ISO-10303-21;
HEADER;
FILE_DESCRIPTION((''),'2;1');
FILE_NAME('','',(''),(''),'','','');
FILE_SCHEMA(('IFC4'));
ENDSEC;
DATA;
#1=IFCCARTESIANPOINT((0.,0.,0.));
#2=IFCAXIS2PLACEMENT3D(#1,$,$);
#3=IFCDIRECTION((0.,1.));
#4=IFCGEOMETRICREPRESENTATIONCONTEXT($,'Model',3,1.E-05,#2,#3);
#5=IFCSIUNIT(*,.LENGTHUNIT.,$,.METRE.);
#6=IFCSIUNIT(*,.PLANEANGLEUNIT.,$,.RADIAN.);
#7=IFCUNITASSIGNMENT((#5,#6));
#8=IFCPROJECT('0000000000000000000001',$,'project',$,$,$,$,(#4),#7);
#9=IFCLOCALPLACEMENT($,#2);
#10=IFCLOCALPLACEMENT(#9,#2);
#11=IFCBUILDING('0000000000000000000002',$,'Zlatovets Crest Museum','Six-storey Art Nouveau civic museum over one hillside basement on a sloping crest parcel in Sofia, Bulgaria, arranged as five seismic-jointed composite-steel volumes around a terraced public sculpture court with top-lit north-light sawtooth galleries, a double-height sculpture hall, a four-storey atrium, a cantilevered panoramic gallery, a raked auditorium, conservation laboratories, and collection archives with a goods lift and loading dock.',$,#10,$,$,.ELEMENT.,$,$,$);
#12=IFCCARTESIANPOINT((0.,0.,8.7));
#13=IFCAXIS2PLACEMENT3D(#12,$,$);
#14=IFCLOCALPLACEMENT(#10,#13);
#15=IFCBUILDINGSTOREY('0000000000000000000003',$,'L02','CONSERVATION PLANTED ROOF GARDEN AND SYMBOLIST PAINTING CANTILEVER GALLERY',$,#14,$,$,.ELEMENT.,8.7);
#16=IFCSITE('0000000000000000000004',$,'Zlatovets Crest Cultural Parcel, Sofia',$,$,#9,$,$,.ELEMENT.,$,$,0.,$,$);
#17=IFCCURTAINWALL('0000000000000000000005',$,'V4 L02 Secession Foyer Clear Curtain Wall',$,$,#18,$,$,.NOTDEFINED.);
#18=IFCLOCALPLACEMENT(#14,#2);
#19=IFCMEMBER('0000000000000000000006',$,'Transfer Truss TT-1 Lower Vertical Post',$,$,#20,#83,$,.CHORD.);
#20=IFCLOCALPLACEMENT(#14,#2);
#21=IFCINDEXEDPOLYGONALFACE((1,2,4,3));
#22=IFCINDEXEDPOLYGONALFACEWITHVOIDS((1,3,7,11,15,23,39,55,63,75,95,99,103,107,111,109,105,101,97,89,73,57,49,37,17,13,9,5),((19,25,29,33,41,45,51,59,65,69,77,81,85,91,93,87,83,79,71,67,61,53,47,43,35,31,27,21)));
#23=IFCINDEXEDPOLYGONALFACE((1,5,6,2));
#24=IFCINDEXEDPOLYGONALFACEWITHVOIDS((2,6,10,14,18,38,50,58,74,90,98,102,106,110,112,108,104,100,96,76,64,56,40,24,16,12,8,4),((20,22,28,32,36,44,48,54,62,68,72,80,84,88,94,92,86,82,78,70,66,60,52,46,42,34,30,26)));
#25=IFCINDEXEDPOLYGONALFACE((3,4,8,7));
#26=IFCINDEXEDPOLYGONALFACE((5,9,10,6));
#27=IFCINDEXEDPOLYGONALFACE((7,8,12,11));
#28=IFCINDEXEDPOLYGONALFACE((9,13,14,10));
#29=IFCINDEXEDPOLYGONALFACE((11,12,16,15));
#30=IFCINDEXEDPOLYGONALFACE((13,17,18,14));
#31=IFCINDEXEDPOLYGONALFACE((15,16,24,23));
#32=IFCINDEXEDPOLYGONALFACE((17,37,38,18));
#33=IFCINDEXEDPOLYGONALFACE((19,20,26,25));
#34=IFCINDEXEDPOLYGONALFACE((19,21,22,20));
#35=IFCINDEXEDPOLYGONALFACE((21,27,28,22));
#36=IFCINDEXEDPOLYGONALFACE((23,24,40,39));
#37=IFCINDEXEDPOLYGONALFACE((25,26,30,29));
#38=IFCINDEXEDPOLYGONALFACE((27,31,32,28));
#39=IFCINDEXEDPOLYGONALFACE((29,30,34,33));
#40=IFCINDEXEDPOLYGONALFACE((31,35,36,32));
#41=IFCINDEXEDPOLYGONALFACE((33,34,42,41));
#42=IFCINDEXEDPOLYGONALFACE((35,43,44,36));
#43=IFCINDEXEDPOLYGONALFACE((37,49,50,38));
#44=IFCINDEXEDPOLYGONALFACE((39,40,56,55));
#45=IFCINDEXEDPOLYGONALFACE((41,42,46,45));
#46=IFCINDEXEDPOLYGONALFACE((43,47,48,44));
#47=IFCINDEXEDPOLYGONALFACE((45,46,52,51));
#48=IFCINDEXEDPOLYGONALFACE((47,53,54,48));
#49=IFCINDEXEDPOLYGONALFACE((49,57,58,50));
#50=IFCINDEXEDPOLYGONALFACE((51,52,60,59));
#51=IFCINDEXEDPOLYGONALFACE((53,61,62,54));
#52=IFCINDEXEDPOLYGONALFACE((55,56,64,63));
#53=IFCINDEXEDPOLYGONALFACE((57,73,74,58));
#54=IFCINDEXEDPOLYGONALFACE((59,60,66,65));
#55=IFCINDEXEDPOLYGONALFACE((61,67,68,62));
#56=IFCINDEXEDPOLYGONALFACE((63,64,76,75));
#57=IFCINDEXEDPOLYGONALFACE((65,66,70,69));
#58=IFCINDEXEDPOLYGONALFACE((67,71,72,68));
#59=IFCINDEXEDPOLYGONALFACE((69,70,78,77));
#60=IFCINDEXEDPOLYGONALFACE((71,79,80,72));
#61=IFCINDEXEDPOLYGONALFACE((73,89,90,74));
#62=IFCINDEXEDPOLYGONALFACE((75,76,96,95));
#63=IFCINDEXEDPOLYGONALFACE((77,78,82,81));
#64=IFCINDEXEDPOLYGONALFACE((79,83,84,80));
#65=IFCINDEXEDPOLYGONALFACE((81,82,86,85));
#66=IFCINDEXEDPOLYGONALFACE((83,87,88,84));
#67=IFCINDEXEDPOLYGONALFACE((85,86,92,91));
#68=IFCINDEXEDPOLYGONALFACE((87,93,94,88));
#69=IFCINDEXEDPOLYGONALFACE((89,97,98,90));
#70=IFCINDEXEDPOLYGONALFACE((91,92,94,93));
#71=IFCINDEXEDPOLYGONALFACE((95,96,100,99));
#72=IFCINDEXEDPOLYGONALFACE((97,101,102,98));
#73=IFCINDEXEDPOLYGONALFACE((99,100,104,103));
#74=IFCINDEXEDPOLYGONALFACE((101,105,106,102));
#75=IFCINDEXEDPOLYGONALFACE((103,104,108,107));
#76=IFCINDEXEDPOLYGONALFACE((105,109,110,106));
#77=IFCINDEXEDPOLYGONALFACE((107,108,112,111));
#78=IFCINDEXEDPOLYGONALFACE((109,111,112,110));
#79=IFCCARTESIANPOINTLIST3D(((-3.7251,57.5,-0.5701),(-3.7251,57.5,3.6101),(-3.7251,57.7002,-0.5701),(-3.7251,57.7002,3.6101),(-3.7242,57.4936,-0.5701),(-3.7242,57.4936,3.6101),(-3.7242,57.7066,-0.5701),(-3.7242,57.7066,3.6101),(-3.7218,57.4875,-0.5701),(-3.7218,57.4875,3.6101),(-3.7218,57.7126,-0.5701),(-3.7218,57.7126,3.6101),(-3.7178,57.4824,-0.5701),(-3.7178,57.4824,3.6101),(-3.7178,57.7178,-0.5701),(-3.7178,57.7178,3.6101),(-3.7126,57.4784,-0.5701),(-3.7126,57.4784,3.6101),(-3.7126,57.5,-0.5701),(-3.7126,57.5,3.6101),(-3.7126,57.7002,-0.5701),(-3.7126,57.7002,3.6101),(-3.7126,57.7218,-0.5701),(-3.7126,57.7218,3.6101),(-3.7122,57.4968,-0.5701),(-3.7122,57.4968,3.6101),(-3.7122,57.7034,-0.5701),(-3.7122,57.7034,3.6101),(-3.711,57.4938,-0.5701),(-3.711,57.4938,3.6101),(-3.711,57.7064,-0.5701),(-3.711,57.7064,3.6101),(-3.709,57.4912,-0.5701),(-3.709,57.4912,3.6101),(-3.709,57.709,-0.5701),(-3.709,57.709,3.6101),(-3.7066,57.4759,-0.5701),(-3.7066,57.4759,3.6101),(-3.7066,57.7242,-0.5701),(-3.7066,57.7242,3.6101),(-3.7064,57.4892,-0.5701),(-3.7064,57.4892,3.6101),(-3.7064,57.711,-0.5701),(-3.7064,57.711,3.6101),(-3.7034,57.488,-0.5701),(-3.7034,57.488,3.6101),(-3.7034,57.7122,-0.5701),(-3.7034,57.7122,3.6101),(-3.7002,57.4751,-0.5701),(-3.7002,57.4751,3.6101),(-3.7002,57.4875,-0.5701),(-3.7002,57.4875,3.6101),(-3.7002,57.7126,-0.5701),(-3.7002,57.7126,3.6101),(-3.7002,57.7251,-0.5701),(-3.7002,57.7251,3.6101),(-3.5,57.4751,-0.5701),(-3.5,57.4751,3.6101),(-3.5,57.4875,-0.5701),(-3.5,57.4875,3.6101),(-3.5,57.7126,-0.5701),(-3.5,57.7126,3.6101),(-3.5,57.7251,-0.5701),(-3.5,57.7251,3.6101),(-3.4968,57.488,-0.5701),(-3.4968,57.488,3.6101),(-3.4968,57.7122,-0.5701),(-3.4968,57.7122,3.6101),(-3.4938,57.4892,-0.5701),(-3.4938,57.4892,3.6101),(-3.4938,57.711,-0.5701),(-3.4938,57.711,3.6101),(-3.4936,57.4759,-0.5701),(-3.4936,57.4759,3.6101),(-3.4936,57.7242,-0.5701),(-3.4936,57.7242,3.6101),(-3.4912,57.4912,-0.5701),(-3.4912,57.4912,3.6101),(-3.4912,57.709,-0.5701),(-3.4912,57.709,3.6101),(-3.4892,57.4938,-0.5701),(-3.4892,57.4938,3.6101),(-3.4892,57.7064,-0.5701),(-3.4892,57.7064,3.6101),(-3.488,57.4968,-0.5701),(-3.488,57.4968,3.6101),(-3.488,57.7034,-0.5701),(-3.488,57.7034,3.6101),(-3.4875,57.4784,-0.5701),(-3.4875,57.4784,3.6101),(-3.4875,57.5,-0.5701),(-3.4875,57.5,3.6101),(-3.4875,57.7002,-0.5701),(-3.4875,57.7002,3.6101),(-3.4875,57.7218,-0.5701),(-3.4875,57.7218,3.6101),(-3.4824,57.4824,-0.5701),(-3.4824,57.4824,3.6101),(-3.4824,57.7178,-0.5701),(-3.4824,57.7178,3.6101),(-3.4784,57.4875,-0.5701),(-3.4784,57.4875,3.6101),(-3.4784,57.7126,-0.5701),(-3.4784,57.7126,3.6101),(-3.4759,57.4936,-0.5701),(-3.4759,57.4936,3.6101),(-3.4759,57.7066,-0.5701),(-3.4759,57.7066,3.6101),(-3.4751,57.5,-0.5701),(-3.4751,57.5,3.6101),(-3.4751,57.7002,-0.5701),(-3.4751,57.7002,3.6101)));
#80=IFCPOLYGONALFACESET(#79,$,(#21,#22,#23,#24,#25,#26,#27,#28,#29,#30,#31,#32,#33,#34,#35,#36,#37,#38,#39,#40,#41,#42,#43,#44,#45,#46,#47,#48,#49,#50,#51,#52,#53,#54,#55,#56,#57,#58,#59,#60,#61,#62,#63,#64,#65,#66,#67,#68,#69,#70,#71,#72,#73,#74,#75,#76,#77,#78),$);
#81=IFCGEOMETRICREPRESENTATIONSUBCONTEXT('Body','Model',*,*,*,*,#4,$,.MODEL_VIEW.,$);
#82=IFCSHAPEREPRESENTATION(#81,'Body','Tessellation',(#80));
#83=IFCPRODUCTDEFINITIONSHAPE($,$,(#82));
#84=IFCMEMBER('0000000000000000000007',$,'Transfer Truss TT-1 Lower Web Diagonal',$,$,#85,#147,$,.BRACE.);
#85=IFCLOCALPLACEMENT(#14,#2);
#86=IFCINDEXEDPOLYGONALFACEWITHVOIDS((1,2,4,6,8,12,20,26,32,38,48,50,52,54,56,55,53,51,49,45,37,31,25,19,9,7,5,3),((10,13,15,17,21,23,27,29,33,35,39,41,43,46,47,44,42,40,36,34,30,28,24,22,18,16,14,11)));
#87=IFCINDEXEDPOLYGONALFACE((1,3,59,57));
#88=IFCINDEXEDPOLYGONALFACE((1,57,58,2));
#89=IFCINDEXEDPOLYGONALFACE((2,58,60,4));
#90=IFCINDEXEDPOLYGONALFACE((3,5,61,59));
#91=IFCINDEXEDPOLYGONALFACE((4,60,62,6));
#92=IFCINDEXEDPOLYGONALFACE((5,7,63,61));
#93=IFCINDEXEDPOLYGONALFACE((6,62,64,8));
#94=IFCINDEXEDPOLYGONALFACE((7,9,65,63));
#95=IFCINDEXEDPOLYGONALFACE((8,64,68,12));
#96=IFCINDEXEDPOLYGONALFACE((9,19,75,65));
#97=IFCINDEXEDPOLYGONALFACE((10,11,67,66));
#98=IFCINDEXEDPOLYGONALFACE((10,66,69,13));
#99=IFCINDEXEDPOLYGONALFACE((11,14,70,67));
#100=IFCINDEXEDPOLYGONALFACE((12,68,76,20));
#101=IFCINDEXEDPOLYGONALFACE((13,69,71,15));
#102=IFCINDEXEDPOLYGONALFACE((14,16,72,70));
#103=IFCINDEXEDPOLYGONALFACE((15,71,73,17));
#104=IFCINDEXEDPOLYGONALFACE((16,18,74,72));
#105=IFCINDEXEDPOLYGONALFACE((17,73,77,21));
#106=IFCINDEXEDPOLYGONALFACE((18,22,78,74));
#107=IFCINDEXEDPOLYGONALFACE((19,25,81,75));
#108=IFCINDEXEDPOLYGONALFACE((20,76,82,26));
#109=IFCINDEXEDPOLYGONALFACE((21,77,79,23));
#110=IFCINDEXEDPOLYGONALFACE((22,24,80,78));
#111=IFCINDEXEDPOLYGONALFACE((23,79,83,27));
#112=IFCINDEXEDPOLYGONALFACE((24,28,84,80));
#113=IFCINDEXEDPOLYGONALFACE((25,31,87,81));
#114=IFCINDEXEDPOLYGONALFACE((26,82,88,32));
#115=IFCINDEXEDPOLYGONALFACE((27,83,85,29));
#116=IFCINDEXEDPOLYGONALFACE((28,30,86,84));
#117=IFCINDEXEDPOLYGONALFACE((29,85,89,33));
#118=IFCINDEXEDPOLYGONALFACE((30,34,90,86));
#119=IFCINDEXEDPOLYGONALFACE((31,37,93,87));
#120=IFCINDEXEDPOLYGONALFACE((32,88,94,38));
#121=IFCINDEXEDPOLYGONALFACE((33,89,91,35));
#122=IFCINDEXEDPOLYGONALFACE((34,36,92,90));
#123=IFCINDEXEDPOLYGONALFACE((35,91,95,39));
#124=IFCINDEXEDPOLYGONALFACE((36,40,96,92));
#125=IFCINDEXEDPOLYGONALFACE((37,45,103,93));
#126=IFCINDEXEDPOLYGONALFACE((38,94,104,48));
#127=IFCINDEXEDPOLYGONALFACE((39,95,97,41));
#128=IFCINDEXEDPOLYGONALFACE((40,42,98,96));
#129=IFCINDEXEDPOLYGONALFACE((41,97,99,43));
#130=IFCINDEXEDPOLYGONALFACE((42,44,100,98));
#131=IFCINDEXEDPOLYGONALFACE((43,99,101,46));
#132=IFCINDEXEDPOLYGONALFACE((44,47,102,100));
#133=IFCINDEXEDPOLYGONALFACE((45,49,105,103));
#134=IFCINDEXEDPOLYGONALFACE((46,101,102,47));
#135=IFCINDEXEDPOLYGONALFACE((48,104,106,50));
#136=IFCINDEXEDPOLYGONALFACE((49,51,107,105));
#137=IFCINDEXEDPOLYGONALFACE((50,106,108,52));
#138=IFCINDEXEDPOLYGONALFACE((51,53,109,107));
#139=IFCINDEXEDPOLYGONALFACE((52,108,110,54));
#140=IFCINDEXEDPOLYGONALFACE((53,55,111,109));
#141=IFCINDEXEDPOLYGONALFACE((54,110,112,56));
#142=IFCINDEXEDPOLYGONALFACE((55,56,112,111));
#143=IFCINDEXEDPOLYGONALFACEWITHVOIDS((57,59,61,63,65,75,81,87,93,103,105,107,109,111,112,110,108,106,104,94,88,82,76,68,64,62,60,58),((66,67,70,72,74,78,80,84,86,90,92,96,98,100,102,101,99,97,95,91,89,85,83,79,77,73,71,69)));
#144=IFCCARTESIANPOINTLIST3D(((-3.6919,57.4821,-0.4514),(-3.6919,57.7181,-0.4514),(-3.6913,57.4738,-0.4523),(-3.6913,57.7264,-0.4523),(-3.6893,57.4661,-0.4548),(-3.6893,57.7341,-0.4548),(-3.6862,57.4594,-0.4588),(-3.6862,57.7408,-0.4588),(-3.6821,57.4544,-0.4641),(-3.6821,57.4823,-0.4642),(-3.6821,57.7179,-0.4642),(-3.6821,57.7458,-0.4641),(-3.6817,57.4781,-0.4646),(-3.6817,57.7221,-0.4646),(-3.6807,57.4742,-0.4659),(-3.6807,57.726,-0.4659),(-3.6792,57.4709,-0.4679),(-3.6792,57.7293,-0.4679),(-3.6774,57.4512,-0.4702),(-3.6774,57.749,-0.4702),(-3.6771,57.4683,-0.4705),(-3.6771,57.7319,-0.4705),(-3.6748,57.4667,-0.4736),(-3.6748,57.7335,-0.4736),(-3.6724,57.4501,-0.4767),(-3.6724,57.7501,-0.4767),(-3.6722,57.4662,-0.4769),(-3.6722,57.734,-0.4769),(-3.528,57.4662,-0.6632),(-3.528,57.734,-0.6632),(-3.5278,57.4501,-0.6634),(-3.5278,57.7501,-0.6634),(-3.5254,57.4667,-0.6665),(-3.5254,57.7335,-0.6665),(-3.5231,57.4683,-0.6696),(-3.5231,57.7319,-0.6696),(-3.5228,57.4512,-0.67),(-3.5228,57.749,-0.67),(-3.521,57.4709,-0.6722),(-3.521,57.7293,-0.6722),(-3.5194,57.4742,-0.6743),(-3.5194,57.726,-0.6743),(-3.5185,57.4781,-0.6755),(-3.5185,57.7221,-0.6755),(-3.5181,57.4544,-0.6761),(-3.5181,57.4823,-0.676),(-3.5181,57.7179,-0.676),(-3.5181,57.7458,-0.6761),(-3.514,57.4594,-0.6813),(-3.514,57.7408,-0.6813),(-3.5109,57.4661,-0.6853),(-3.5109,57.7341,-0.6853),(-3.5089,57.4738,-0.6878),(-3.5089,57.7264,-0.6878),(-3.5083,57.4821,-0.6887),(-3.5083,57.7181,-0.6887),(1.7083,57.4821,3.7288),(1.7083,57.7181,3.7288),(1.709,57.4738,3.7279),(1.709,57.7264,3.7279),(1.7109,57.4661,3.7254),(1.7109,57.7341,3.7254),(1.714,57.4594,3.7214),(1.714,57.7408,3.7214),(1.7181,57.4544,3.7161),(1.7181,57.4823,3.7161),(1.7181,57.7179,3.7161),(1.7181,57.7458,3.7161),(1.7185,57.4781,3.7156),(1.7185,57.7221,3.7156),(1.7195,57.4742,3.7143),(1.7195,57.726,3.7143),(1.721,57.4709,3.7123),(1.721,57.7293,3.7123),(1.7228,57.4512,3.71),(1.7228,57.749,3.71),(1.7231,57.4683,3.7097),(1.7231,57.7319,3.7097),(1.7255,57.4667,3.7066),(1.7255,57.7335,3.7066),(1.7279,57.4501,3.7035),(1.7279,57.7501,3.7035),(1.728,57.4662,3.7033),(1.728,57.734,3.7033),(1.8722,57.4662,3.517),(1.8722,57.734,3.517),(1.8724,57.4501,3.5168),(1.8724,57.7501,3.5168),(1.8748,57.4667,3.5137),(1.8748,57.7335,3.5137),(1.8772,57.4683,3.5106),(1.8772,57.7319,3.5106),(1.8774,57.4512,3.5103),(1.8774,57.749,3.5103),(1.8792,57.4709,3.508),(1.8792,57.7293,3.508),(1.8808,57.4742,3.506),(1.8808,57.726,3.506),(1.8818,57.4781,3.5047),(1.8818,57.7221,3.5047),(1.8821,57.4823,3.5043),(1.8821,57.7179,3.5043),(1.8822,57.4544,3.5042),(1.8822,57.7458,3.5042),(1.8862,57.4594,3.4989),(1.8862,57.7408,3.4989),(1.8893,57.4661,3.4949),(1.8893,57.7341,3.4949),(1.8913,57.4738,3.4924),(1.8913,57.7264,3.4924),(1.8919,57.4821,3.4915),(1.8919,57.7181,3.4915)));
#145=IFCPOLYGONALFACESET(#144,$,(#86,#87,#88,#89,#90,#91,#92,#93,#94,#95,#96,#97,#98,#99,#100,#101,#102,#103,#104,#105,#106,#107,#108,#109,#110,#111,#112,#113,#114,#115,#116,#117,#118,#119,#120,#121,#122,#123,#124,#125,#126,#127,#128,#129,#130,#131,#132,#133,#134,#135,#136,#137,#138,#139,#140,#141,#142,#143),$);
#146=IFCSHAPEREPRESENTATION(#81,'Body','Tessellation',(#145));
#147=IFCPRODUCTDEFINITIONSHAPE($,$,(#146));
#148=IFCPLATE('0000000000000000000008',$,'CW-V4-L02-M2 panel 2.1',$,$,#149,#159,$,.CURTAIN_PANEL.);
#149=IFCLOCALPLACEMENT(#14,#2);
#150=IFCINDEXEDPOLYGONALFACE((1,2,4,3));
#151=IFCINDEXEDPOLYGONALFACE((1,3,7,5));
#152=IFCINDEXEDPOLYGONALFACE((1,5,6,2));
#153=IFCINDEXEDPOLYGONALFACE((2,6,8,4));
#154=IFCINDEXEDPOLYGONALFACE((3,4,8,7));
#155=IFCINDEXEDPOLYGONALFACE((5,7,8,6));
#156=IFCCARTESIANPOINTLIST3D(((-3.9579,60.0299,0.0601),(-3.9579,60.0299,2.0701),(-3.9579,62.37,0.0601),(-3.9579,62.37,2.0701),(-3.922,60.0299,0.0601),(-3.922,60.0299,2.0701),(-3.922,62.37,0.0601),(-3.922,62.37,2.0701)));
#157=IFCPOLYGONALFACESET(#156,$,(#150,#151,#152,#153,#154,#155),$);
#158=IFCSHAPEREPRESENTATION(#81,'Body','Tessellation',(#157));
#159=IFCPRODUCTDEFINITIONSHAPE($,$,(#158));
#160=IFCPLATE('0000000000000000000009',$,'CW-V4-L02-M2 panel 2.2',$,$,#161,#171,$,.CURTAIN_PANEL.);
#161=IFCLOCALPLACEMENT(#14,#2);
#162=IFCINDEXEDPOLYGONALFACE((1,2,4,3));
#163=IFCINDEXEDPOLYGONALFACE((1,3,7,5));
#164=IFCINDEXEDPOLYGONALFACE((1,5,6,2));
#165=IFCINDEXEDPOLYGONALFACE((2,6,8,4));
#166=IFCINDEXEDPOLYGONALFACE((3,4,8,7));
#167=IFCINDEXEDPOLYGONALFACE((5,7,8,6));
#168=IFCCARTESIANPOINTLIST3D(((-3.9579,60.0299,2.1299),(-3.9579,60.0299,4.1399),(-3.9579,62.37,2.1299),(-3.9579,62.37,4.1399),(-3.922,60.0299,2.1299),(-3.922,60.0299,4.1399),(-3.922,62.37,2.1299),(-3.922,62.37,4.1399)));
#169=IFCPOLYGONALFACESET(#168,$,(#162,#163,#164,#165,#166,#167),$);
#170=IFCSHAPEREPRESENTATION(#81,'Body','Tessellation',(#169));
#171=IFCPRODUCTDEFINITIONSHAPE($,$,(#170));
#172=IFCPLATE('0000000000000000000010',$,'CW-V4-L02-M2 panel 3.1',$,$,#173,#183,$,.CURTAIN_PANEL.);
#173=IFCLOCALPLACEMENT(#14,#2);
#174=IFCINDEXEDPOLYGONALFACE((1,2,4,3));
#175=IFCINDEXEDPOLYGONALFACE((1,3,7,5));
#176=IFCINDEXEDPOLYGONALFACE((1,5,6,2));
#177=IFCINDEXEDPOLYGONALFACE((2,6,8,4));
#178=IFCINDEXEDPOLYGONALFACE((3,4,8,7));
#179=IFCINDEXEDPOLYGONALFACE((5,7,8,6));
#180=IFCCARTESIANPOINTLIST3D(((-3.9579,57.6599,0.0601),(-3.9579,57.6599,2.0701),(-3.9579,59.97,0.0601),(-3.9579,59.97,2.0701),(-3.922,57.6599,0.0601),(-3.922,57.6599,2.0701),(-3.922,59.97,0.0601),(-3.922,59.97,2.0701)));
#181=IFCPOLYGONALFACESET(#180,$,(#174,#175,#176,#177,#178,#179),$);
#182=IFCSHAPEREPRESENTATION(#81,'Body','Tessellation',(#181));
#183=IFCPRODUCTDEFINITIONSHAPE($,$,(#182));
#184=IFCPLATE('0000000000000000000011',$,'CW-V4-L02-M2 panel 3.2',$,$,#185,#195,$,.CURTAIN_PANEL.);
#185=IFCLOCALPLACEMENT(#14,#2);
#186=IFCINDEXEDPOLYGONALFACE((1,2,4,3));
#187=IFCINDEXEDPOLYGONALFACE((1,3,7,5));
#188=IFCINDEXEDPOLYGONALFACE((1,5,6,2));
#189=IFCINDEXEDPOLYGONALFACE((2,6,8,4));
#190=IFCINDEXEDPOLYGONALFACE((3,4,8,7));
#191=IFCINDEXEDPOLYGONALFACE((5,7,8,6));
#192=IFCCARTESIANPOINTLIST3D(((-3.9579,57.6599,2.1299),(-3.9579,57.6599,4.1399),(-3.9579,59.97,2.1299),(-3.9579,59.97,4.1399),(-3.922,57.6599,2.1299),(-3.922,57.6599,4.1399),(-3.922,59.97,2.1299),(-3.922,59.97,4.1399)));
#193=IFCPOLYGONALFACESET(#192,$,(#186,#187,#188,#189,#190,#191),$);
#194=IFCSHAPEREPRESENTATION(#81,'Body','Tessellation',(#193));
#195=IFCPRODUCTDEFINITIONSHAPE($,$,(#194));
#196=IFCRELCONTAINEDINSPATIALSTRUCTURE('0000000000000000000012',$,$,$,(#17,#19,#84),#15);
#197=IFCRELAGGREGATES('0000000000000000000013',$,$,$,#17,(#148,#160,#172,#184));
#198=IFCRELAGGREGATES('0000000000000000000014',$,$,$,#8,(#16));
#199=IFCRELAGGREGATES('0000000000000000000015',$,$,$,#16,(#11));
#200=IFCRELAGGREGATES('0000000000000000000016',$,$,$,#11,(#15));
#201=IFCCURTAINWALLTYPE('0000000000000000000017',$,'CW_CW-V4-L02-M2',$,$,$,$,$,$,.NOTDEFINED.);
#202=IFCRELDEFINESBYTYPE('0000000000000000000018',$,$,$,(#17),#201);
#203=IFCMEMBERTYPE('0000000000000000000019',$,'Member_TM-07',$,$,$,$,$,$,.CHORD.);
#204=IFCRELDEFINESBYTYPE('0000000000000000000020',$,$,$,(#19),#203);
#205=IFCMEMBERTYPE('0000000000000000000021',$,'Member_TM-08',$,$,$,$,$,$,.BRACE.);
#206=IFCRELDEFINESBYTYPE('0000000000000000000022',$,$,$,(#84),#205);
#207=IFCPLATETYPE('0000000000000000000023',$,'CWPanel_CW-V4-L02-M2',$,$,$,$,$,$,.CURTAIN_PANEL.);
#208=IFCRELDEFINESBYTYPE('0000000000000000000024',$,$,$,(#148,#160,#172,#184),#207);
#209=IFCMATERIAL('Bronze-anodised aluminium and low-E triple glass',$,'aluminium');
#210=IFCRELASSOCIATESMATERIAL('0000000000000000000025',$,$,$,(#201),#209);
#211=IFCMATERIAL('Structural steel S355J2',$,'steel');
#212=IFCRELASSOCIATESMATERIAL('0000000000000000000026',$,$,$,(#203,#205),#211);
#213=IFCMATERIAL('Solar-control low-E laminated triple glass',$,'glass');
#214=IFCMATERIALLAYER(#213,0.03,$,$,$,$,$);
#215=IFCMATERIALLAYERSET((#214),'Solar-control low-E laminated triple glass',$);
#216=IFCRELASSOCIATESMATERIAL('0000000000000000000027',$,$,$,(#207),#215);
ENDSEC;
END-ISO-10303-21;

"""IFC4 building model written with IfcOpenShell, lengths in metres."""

from ifc_helpers import new_model, si_unit, direction, frame, origin, origin_2d, place, context, subcontext, project, spatial, rectangle, hollow_rectangle, extrude, material, layer, layer_set, material_profile, profile_set, type_object, element, aggregate, save


model = new_model("IFC4")

# Units and contexts
model_context = context("Model", 3, precision=1e-05, world=origin(), true_north=direction((0.0, 1.0)))
body_context = subcontext(model_context, "Body", "Model", "MODEL_VIEW")
ifc_project = project(units=[si_unit("LENGTHUNIT", "METRE"), si_unit("PLANEANGLEUNIT", "RADIAN")], contexts=[model_context])

# Site, building, storey
site_placement = place(None, origin())
site = spatial("IfcSite", under=ifc_project, at=site_placement, Name="Zlatovets Crest Cultural Parcel, Sofia", CompositionType="ELEMENT", RefElevation=0.0)
building_placement = place(site_placement, origin())
building = spatial("IfcBuilding", under=site, at=building_placement, Name="Zlatovets Crest Museum", Description="Six-storey Art Nouveau civic museum over one hillside basement on a sloping crest parcel in Sofia, Bulgaria, arranged as five seismic-jointed composite-steel volumes around a terraced public sculpture court with top-lit north-light sawtooth galleries, a double-height sculpture hall, a four-storey atrium, a cantilevered panoramic gallery, a raked auditorium, conservation laboratories, and collection archives with a goods lift and loading dock.", CompositionType="ELEMENT")
storey_placement = place(building_placement, frame((0.0, 0.0, 8.7)))
storey = spatial("IfcBuildingStorey", under=building, at=storey_placement, Name="L02", Description="CONSERVATION PLANTED ROOF GARDEN AND SYMBOLIST PAINTING CANTILEVER GALLERY", CompositionType="ELEMENT", Elevation=8.7)

# Shared definitions
ifc_material_1 = material(Name="Structural steel S355J2", Category="steel")

# Curtain wall
ifc_material_2 = material(Name="Bronze-anodised aluminium and low-E triple glass", Category="aluminium")
curtain_wall_type = type_object("IfcCurtainWallType", Name="CW_CW-V4-L02-M2", PredefinedType="NOTDEFINED", material=ifc_material_2)
curtain_wall_placement = place(storey_placement, origin())
curtain_wall = element("IfcCurtainWall", 1, at=curtain_wall_placement, inside=storey, type_object=curtain_wall_type, Name="V4 L02 Secession Foyer Clear Curtain Wall", PredefinedType="NOTDEFINED")

# Members
ifc_material_profile_1 = material_profile(ifc_material_1, hollow_rectangle(XDim=0.25, YDim=0.25, WallThickness=0.0125, InnerFilletRadius=0.0125, OuterFilletRadius=0.0249, at=origin_2d()), Name="SHS 250x250x12.5")
ifc_profile_set_1 = profile_set([ifc_material_profile_1], Name="Structural steel S355J2")
member_type_1 = type_object("IfcMemberType", Name="Member_TM-07", PredefinedType="CHORD", material=ifc_profile_set_1)
member_1_placement = place(storey_placement, frame((-3.6001, 57.6001, -0.5701), z_axis=(0.0, 0.0, 1.0), x_axis=(1.0, 0.0, 0.0)))
element("IfcMember", 2, at=member_1_placement, inside=storey, type_object=member_type_1, Name="Transfer Truss TT-1 Lower Vertical Post", PredefinedType="CHORD", context=body_context, shape_type="SweptSolid", body=[
    extrude(hollow_rectangle(XDim=0.25, YDim=0.25, WallThickness=0.0125, InnerFilletRadius=0.0125, OuterFilletRadius=0.0249, at=origin_2d()), origin(), (0.0, 0.0, 1.0), 4.1802),
])
ifc_material_profile_2 = material_profile(ifc_material_1, hollow_rectangle(XDim=0.3, YDim=0.3, WallThickness=0.0161, InnerFilletRadius=0.0161, OuterFilletRadius=0.032, at=origin_2d()), Name="SHS 300x300x16.0")
ifc_profile_set_2 = profile_set([ifc_material_profile_2], Name="Structural steel S355J2")
member_type_2 = type_object("IfcMemberType", Name="Member_TM-08", PredefinedType="BRACE", material=ifc_profile_set_2)
member_2_placement = place(storey_placement, frame((-3.6001, 57.6001, -0.5701), z_axis=(0.790765, 0.0, 0.61212), x_axis=(0.0, 1.0, 0.0)))
element("IfcMember", 3, at=member_2_placement, inside=storey, type_object=member_type_2, Name="Transfer Truss TT-1 Lower Web Diagonal", PredefinedType="BRACE", context=body_context, shape_type="SweptSolid", body=[
    extrude(hollow_rectangle(XDim=0.3, YDim=0.3, WallThickness=0.0161, InnerFilletRadius=0.0161, OuterFilletRadius=0.032, at=origin_2d()), origin(), (0.0, 0.0, 1.0), 6.8291),
])

# Plates
ifc_material_3 = material(Name="Solar-control low-E laminated triple glass", Category="glass")
ifc_layer_1 = layer(ifc_material_3, 0.03)
ifc_layer_set_1 = layer_set([ifc_layer_1], Name="Solar-control low-E laminated triple glass")
plate_type_1 = type_object("IfcPlateType", Name="CWPanel_CW-V4-L02-M2", PredefinedType="CURTAIN_PANEL", material=ifc_layer_set_1)
plate_1_placement = place(storey_placement, frame((-3.9399, 61.2, 0.0601), z_axis=(0.0, 0.0, 1.0), x_axis=(0.0, -1.0, 0.0)))
plate_1 = element("IfcPlate", 4, at=plate_1_placement, type_object=plate_type_1, Name="CW-V4-L02-M2 panel 2.1", PredefinedType="CURTAIN_PANEL", context=body_context, shape_type="SweptSolid", body=[
    extrude(rectangle(XDim=2.3401, YDim=0.0359, at=origin_2d()), origin(), (0.0, 0.0, 1.0), 2.01),
])
plate_2_placement = place(storey_placement, frame((-3.9399, 61.2, 2.1299), z_axis=(0.0, 0.0, 1.0), x_axis=(0.0, -1.0, 0.0)))
plate_2 = element("IfcPlate", 5, at=plate_2_placement, type_object=plate_type_1, Name="CW-V4-L02-M2 panel 2.2", PredefinedType="CURTAIN_PANEL", context=body_context, shape_type="SweptSolid", body=[
    extrude(rectangle(XDim=2.3401, YDim=0.0359, at=origin_2d()), origin(), (0.0, 0.0, 1.0), 2.01),
])
plate_3_placement = place(storey_placement, frame((-3.9399, 58.8149, 0.0601), z_axis=(0.0, 0.0, 1.0), x_axis=(0.0, -1.0, 0.0)))
plate_3 = element("IfcPlate", 6, at=plate_3_placement, type_object=plate_type_1, Name="CW-V4-L02-M2 panel 3.1", PredefinedType="CURTAIN_PANEL", context=body_context, shape_type="SweptSolid", body=[
    extrude(rectangle(XDim=2.3101, YDim=0.0359, at=origin_2d()), origin(), (0.0, 0.0, 1.0), 2.01),
])
plate_4_placement = place(storey_placement, frame((-3.9399, 58.8149, 2.1299), z_axis=(0.0, 0.0, 1.0), x_axis=(0.0, -1.0, 0.0)))
plate_4 = element("IfcPlate", 7, at=plate_4_placement, type_object=plate_type_1, Name="CW-V4-L02-M2 panel 3.2", PredefinedType="CURTAIN_PANEL", context=body_context, shape_type="SweptSolid", body=[
    extrude(rectangle(XDim=2.3101, YDim=0.0359, at=origin_2d()), origin(), (0.0, 0.0, 1.0), 2.01),
])
aggregate(curtain_wall, [plate_1, plate_2, plate_3, plate_4])

save(model, "model.ifc")
